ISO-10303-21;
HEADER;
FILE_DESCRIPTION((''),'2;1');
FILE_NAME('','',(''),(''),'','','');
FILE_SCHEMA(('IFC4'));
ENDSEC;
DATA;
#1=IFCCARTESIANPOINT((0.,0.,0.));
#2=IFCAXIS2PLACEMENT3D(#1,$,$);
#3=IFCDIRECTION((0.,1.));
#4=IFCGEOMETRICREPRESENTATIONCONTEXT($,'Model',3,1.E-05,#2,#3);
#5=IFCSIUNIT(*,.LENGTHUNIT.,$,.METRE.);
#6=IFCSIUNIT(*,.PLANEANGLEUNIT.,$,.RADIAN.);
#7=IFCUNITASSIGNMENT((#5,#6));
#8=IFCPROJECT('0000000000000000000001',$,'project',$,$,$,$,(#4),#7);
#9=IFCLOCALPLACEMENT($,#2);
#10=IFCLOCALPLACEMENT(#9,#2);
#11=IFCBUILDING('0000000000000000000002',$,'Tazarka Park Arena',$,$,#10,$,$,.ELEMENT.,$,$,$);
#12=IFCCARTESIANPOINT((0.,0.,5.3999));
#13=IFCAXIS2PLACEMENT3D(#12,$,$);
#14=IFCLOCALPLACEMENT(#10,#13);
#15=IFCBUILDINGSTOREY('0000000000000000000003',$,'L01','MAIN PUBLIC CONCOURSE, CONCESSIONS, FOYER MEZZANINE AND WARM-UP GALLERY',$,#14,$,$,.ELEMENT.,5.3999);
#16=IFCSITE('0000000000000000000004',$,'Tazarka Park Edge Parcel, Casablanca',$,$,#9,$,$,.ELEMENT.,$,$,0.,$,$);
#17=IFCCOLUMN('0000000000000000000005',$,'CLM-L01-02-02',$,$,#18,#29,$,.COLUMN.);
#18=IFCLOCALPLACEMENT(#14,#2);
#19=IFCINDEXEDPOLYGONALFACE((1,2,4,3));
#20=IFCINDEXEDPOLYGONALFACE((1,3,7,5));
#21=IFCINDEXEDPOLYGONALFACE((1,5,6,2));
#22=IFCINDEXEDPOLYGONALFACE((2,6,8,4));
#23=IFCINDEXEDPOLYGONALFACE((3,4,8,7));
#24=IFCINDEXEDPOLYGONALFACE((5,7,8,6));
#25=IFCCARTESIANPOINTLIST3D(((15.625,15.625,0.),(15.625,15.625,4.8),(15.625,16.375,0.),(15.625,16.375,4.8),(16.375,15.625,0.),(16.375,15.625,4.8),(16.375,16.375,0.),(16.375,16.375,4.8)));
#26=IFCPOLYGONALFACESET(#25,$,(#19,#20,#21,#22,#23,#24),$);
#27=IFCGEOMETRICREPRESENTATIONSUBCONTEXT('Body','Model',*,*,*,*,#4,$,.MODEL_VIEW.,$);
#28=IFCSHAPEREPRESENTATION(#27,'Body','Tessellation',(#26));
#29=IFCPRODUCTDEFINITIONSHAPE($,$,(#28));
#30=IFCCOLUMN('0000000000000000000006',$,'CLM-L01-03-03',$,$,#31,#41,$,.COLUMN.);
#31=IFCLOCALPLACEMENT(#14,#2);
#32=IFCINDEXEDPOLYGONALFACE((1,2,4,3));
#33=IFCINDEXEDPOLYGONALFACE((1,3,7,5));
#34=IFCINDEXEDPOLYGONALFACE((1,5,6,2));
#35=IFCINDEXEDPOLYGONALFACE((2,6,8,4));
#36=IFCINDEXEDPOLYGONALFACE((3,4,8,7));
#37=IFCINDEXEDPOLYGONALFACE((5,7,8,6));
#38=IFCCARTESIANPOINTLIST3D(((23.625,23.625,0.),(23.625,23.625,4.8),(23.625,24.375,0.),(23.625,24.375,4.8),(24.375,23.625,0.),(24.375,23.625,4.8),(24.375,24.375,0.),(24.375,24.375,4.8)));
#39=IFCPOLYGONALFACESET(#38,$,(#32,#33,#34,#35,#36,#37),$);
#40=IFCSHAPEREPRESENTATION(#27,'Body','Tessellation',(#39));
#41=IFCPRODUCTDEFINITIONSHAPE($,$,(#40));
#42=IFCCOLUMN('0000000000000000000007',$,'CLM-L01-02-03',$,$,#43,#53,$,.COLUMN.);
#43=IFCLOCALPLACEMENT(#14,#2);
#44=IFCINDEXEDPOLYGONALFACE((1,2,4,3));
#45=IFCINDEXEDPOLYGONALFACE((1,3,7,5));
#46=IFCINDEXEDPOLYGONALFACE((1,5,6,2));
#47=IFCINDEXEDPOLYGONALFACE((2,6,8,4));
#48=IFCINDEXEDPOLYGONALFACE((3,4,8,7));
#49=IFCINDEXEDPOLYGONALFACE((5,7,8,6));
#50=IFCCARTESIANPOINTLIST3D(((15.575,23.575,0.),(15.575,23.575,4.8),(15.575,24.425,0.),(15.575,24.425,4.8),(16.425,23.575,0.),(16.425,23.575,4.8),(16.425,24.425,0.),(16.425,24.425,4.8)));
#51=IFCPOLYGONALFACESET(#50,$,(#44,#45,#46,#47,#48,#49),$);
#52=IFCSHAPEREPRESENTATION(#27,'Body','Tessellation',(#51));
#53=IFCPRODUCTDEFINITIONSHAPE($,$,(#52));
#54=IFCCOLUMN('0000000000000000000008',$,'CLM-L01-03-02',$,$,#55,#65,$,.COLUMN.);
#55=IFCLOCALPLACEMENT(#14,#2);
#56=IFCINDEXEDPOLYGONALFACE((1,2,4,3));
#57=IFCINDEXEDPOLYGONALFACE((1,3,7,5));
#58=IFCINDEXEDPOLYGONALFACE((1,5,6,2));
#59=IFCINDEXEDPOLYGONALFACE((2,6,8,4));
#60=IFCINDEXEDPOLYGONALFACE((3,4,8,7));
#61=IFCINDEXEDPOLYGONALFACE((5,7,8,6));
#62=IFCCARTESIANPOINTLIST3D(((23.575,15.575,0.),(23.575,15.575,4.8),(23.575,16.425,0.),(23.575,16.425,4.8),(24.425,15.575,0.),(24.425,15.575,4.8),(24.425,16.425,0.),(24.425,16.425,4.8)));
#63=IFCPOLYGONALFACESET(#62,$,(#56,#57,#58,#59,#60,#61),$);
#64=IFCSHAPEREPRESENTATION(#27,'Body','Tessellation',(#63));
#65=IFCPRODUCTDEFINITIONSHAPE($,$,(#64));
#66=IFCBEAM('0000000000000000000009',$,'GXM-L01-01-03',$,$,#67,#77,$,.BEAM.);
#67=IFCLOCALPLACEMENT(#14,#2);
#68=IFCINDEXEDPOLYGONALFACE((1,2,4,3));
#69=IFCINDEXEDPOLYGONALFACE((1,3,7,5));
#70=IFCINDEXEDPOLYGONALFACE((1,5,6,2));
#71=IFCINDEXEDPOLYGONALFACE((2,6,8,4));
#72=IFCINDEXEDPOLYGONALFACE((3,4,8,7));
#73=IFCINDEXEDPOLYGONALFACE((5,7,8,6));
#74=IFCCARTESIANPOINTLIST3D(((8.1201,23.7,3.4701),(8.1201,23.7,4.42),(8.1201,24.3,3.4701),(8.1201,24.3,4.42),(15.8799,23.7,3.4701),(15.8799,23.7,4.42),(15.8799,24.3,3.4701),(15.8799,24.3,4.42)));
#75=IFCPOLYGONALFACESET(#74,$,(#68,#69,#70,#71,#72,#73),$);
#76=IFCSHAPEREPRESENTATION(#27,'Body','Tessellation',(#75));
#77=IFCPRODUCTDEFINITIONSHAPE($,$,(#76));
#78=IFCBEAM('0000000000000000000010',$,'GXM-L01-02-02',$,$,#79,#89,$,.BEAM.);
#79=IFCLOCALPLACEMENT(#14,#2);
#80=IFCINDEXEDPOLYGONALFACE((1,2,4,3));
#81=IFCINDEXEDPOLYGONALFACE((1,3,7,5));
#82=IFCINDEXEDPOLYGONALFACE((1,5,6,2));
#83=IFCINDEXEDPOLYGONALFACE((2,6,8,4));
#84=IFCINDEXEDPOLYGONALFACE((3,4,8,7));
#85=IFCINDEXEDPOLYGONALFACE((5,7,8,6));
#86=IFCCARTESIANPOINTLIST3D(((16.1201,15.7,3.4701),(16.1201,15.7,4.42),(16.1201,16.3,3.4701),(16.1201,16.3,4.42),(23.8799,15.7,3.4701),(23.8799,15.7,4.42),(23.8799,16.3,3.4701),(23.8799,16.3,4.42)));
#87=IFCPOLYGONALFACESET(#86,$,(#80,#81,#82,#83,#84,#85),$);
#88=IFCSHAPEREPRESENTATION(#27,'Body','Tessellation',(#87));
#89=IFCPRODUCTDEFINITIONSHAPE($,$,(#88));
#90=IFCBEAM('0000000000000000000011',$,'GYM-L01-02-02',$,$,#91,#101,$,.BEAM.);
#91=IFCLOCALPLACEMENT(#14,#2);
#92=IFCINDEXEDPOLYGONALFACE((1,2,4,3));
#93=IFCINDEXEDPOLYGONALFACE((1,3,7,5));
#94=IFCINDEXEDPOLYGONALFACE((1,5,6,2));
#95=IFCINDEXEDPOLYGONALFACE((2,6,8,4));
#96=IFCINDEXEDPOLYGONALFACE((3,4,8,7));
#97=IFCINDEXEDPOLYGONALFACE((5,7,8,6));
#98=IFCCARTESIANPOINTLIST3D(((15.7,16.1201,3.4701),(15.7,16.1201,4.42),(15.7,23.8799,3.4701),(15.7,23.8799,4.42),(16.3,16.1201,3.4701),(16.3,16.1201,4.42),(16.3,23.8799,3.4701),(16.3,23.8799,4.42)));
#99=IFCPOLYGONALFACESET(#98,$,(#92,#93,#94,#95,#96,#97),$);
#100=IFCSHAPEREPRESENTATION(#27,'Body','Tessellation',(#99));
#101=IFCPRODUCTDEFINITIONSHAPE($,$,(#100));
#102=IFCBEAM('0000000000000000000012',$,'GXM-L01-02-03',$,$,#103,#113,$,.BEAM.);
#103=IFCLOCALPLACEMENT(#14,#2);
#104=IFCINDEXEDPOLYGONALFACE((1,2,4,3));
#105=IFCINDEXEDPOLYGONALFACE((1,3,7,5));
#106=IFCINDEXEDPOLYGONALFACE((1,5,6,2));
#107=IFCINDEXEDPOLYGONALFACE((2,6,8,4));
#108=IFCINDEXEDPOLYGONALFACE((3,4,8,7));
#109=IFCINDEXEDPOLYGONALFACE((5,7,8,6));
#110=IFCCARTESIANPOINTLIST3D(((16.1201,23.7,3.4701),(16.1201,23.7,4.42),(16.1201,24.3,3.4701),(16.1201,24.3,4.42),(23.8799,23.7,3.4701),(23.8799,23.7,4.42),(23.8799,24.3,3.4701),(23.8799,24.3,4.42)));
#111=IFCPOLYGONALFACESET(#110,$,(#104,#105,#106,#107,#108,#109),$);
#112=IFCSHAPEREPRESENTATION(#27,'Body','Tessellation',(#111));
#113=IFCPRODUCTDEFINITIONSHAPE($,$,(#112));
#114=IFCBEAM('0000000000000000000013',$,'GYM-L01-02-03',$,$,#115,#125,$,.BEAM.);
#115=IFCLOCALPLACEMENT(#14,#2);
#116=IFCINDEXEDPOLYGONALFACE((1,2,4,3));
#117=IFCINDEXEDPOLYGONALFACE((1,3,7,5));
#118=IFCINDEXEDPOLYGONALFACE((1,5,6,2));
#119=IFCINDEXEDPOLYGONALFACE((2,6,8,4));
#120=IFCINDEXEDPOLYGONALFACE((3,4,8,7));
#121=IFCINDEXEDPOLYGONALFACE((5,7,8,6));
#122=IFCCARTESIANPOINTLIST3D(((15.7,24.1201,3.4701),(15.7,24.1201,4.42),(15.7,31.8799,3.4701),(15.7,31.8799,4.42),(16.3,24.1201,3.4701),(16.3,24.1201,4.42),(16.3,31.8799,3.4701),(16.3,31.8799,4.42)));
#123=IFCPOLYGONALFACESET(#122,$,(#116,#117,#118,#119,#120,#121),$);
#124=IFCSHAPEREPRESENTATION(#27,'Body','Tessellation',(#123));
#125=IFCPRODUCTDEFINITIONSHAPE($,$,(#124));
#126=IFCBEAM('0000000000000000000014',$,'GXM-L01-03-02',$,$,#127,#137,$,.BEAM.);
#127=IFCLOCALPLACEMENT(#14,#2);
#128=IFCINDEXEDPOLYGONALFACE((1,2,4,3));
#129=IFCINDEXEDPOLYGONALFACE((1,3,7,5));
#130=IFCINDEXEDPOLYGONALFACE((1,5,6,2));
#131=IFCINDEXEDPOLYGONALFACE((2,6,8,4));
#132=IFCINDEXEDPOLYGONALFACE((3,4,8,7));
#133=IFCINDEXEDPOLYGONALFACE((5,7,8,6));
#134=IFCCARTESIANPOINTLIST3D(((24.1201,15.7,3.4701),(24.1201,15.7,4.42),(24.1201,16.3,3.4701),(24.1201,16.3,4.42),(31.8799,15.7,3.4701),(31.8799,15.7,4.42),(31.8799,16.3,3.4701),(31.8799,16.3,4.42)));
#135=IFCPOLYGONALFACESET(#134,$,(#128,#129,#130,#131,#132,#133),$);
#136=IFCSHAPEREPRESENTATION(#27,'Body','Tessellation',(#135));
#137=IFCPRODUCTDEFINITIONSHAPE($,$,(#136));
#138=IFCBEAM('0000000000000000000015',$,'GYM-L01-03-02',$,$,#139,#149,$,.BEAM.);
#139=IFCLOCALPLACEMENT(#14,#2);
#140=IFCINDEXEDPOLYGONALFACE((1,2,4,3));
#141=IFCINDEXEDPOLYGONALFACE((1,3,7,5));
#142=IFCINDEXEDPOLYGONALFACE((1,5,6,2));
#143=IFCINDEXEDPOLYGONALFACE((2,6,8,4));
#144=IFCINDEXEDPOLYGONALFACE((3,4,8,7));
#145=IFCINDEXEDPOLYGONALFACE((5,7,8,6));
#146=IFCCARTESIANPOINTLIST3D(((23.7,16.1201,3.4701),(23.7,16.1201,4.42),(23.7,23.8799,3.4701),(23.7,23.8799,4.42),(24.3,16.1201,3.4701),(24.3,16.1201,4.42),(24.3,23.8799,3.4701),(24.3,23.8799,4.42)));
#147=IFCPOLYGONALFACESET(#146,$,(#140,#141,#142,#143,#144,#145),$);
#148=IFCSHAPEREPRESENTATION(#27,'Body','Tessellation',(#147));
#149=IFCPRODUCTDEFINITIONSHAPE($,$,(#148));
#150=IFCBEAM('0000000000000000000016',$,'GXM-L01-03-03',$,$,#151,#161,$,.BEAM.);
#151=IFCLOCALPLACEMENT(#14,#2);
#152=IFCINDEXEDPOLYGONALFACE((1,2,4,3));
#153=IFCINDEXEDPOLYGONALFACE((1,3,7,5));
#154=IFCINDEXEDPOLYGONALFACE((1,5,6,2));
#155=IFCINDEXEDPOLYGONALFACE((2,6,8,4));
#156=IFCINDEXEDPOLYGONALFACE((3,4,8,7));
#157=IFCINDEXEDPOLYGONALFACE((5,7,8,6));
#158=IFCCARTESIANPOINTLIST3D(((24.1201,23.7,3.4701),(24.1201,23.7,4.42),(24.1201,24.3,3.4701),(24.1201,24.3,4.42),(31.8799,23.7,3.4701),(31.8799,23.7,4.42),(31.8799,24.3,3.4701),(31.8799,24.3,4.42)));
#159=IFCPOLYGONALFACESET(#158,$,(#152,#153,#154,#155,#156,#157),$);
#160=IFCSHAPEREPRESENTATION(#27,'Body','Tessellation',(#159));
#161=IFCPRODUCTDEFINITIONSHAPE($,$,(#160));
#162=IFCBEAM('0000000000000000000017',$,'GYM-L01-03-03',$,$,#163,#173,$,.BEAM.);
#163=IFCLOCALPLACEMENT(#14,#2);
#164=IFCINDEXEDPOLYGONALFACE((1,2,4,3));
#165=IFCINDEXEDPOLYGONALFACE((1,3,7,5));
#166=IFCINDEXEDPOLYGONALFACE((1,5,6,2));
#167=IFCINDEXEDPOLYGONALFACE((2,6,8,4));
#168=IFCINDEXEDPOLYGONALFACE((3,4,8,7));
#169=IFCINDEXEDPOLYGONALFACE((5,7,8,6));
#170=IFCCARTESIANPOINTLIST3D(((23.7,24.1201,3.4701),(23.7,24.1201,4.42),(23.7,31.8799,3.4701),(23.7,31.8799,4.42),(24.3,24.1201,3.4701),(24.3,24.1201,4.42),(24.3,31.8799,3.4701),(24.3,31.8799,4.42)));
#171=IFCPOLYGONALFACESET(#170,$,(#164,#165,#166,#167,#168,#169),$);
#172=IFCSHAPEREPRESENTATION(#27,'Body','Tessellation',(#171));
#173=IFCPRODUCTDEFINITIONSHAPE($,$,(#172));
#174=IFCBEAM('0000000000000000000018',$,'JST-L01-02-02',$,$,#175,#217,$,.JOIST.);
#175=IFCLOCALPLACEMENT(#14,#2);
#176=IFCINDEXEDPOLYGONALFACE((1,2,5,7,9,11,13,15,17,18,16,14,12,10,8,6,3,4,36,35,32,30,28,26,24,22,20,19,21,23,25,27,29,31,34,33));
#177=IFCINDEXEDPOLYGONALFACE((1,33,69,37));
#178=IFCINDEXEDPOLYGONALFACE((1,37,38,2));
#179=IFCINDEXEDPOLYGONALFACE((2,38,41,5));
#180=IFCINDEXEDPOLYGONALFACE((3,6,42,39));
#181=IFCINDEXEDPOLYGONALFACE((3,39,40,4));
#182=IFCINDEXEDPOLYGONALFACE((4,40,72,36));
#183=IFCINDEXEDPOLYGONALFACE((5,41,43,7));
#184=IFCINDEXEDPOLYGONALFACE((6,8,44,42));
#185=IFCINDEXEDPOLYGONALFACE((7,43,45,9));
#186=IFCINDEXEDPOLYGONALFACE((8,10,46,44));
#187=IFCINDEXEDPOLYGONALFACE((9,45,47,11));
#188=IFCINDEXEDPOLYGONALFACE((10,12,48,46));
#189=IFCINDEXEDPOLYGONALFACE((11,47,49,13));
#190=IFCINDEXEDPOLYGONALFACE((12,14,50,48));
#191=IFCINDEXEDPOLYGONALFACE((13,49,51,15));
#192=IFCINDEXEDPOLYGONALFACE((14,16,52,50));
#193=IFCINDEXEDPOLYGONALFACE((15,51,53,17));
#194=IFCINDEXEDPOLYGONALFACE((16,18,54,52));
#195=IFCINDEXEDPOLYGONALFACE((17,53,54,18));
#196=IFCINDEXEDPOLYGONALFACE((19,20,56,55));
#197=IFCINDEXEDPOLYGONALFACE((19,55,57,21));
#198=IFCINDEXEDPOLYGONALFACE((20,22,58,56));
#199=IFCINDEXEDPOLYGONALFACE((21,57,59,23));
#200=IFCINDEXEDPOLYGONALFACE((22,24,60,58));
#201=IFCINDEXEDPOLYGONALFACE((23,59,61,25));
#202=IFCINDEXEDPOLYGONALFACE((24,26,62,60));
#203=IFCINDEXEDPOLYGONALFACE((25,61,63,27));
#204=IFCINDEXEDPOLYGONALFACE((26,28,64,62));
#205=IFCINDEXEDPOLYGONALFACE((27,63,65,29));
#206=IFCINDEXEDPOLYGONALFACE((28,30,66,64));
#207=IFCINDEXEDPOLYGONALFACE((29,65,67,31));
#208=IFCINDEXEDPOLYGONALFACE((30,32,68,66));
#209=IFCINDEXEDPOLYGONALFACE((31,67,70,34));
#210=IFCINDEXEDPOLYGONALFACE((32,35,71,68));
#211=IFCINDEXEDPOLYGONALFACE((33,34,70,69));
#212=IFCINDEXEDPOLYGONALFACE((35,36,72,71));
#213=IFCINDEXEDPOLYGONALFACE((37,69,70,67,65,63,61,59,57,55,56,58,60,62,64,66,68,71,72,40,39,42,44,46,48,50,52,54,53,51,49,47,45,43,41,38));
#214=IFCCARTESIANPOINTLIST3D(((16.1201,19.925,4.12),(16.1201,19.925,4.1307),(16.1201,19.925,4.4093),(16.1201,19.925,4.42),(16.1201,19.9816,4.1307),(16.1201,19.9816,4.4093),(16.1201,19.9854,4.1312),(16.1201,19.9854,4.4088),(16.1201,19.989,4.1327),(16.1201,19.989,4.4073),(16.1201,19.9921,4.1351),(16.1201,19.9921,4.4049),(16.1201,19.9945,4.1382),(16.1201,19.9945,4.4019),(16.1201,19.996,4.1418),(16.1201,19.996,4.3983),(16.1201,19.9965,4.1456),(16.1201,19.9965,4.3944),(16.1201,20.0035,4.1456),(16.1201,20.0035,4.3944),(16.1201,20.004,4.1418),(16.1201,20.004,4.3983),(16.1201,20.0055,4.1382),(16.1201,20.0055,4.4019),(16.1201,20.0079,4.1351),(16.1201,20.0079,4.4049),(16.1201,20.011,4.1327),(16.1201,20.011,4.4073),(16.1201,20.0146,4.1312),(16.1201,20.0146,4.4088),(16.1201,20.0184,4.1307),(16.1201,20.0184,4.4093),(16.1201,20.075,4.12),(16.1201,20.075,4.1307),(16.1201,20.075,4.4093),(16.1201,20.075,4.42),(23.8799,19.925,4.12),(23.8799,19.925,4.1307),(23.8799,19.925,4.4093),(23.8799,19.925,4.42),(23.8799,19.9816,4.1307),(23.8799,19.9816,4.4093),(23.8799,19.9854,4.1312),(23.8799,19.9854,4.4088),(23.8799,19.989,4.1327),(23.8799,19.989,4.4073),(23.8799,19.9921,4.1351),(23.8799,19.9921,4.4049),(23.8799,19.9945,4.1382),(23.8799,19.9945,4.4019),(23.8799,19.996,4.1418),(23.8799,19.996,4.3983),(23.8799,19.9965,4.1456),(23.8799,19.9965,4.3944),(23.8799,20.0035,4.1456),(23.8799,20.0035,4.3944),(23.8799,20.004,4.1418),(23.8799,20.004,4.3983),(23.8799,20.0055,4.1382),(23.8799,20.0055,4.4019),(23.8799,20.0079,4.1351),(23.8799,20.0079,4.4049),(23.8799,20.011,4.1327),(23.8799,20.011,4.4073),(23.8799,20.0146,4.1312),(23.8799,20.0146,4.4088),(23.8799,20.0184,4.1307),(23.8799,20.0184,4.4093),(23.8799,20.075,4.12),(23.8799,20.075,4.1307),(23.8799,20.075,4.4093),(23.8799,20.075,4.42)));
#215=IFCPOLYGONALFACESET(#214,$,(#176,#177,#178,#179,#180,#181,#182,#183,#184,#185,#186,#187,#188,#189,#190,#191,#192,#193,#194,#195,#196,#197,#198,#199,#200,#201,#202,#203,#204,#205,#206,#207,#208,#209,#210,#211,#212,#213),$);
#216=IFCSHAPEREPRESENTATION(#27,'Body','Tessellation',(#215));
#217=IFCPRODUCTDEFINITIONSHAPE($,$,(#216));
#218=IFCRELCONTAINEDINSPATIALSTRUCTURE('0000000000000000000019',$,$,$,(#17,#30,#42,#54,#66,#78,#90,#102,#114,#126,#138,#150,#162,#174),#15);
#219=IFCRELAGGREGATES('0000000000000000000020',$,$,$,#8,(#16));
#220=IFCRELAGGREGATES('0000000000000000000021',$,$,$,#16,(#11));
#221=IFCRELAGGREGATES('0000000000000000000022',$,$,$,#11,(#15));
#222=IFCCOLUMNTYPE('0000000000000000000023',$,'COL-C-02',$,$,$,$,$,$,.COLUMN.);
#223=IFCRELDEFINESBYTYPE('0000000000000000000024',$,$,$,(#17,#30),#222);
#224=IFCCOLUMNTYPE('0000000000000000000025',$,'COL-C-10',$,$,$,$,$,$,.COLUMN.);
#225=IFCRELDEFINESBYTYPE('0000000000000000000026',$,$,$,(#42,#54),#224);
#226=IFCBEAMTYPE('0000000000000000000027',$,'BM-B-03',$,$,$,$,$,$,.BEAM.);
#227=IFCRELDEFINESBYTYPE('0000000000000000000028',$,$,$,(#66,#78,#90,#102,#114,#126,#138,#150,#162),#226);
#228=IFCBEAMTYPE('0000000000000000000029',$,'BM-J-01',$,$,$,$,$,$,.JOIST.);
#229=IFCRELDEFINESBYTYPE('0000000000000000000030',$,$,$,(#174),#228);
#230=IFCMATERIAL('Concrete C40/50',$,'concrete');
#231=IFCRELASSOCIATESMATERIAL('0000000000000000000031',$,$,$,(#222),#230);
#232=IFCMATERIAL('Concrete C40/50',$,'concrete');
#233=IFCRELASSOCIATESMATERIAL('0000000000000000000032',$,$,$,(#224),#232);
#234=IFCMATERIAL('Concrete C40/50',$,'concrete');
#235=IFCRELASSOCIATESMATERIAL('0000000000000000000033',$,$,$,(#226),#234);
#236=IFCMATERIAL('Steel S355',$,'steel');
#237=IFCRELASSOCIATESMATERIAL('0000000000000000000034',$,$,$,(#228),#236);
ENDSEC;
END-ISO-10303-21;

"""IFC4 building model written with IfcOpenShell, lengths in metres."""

from ifc_helpers import new_model, si_unit, direction, frame, origin, origin_2d, place, context, subcontext, project, spatial, rectangle, i_section, extrude, material, material_profile, profile_set, type_object, element, save


model = new_model("IFC4")

# Units and contexts
model_context = context("Model", 3, precision=1e-05, world=origin(), true_north=direction((0.0, 1.0)))
body_context = subcontext(model_context, "Body", "Model", "MODEL_VIEW")
ifc_project = project(units=[si_unit("LENGTHUNIT", "METRE"), si_unit("PLANEANGLEUNIT", "RADIAN")], contexts=[model_context])

# Site, building, storey
site_placement = place(None, origin())
site = spatial("IfcSite", under=ifc_project, at=site_placement, Name="Tazarka Park Edge Parcel, Casablanca", CompositionType="ELEMENT", RefElevation=0.0)
building_placement = place(site_placement, origin())
building = spatial("IfcBuilding", under=site, at=building_placement, Name="Tazarka Park Arena", CompositionType="ELEMENT")
storey_placement = place(building_placement, frame((0.0, 0.0, 5.3999)))
storey = spatial("IfcBuildingStorey", under=building, at=storey_placement, Name="L01", Description="MAIN PUBLIC CONCOURSE, CONCESSIONS, FOYER MEZZANINE AND WARM-UP GALLERY", CompositionType="ELEMENT", Elevation=5.3999)

# Columns
ifc_material_1 = material(Name="Concrete C40/50", Category="concrete")
ifc_material_profile_1 = material_profile(ifc_material_1, rectangle(XDim=0.75, YDim=0.75, at=origin_2d()), Name="Concrete C40/50")
ifc_profile_set_1 = profile_set([ifc_material_profile_1], Name="Concrete C40/50")
column_type_1 = type_object("IfcColumnType", Name="COL-C-02", PredefinedType="COLUMN", material=ifc_profile_set_1)
for number, where, z_axis, x_axis, name in (
    (1, (16.0, 16.0, 0.0), (0.0, 0.0, 1.0), (1.0, 0.0, 0.0), "CLM-L01-02-02"),
    (2, (24.0, 24.0, 0.0), (0.0, 0.0, 1.0), (1.0, 0.0, 0.0), "CLM-L01-03-03"),
):
    element("IfcColumn", number, at=place(storey_placement, frame(where, z_axis=z_axis, x_axis=x_axis)), inside=storey, type_object=column_type_1, Name=name, PredefinedType="COLUMN", context=body_context, shape_type="SweptSolid", body=[
        extrude(rectangle(XDim=0.75, YDim=0.75, at=origin_2d()), origin(), (0.0, 0.0, 1.0), 4.8),
    ])
ifc_material_2 = material(Name="Concrete C40/50", Category="concrete")
ifc_material_profile_2 = material_profile(ifc_material_2, rectangle(XDim=0.8501, YDim=0.8501, at=origin_2d()), Name="Concrete C40/50")
ifc_profile_set_2 = profile_set([ifc_material_profile_2], Name="Concrete C40/50")
column_type_2 = type_object("IfcColumnType", Name="COL-C-10", PredefinedType="COLUMN", material=ifc_profile_set_2)
for number, where, z_axis, x_axis, name in (
    (3, (16.0, 24.0, 0.0), (0.0, 0.0, 1.0), (1.0, 0.0, 0.0), "CLM-L01-02-03"),
    (4, (24.0, 16.0, 0.0), (0.0, 0.0, 1.0), (1.0, 0.0, 0.0), "CLM-L01-03-02"),
):
    element("IfcColumn", number, at=place(storey_placement, frame(where, z_axis=z_axis, x_axis=x_axis)), inside=storey, type_object=column_type_2, Name=name, PredefinedType="COLUMN", context=body_context, shape_type="SweptSolid", body=[
        extrude(rectangle(XDim=0.8501, YDim=0.8501, at=origin_2d()), origin(), (0.0, 0.0, 1.0), 4.8),
    ])

# Beams
ifc_material_3 = material(Name="Concrete C40/50", Category="concrete")
ifc_material_profile_3 = material_profile(ifc_material_3, rectangle(XDim=0.6001, YDim=0.95, at=origin_2d()), Name="Concrete C40/50")
ifc_profile_set_3 = profile_set([ifc_material_profile_3], Name="Concrete C40/50")
beam_type_1 = type_object("IfcBeamType", Name="BM-B-03", PredefinedType="BEAM", material=ifc_profile_set_3)
for number, where, z_axis, x_axis, name in (
    (5, (8.1201, 24.0, 3.9451), (1.0, 0.0, 0.0), (0.0, 1.0, 0.0), "GXM-L01-01-03"),
    (6, (16.1201, 16.0, 3.9451), (1.0, 0.0, 0.0), (0.0, 1.0, 0.0), "GXM-L01-02-02"),
    (7, (16.0, 16.1201, 3.9451), (0.0, 1.0, 0.0), (-1.0, 0.0, 0.0), "GYM-L01-02-02"),
    (8, (16.1201, 24.0, 3.9451), (1.0, 0.0, 0.0), (0.0, 1.0, 0.0), "GXM-L01-02-03"),
    (9, (16.0, 24.1201, 3.9451), (0.0, 1.0, 0.0), (-1.0, 0.0, 0.0), "GYM-L01-02-03"),
    (10, (24.1201, 16.0, 3.9451), (1.0, 0.0, 0.0), (0.0, 1.0, 0.0), "GXM-L01-03-02"),
    (11, (24.0, 16.1201, 3.9451), (0.0, 1.0, 0.0), (-1.0, 0.0, 0.0), "GYM-L01-03-02"),
    (12, (24.1201, 24.0, 3.9451), (1.0, 0.0, 0.0), (0.0, 1.0, 0.0), "GXM-L01-03-03"),
    (13, (24.0, 24.1201, 3.9451), (0.0, 1.0, 0.0), (-1.0, 0.0, 0.0), "GYM-L01-03-03"),
):
    element("IfcBeam", number, at=place(storey_placement, frame(where, z_axis=z_axis, x_axis=x_axis)), inside=storey, type_object=beam_type_1, Name=name, PredefinedType="BEAM", context=body_context, shape_type="SweptSolid", body=[
        extrude(rectangle(XDim=0.6001, YDim=0.95, at=origin_2d()), origin(), (0.0, 0.0, 1.0), 7.7598),
    ])
ifc_material_4 = material(Name="Steel S355", Category="steel")
ifc_material_profile_4 = material_profile(ifc_material_4, i_section(OverallWidth=0.1499, OverallDepth=0.3, WebThickness=0.0071, FlangeThickness=0.0107, FilletRadius=0.0149, at=origin_2d()), Name="Steel S355")
ifc_profile_set_4 = profile_set([ifc_material_profile_4], Name="Steel S355")
beam_type_2 = type_object("IfcBeamType", Name="BM-J-01", PredefinedType="JOIST", material=ifc_profile_set_4)
for number, where, z_axis, x_axis, name in (
    (14, (16.1201, 20.0, 4.27), (1.0, 0.0, 0.0), (0.0, 1.0, 0.0), "JST-L01-02-02"),
):
    element("IfcBeam", number, at=place(storey_placement, frame(where, z_axis=z_axis, x_axis=x_axis)), inside=storey, type_object=beam_type_2, Name=name, PredefinedType="JOIST", context=body_context, shape_type="SweptSolid", body=[
        extrude(i_section(OverallWidth=0.1499, OverallDepth=0.3, WebThickness=0.0071, FlangeThickness=0.0107, FilletRadius=0.0149, at=origin_2d()), origin(), (0.0, 0.0, 1.0), 7.7598),
    ])

save(model, "model.ifc")
